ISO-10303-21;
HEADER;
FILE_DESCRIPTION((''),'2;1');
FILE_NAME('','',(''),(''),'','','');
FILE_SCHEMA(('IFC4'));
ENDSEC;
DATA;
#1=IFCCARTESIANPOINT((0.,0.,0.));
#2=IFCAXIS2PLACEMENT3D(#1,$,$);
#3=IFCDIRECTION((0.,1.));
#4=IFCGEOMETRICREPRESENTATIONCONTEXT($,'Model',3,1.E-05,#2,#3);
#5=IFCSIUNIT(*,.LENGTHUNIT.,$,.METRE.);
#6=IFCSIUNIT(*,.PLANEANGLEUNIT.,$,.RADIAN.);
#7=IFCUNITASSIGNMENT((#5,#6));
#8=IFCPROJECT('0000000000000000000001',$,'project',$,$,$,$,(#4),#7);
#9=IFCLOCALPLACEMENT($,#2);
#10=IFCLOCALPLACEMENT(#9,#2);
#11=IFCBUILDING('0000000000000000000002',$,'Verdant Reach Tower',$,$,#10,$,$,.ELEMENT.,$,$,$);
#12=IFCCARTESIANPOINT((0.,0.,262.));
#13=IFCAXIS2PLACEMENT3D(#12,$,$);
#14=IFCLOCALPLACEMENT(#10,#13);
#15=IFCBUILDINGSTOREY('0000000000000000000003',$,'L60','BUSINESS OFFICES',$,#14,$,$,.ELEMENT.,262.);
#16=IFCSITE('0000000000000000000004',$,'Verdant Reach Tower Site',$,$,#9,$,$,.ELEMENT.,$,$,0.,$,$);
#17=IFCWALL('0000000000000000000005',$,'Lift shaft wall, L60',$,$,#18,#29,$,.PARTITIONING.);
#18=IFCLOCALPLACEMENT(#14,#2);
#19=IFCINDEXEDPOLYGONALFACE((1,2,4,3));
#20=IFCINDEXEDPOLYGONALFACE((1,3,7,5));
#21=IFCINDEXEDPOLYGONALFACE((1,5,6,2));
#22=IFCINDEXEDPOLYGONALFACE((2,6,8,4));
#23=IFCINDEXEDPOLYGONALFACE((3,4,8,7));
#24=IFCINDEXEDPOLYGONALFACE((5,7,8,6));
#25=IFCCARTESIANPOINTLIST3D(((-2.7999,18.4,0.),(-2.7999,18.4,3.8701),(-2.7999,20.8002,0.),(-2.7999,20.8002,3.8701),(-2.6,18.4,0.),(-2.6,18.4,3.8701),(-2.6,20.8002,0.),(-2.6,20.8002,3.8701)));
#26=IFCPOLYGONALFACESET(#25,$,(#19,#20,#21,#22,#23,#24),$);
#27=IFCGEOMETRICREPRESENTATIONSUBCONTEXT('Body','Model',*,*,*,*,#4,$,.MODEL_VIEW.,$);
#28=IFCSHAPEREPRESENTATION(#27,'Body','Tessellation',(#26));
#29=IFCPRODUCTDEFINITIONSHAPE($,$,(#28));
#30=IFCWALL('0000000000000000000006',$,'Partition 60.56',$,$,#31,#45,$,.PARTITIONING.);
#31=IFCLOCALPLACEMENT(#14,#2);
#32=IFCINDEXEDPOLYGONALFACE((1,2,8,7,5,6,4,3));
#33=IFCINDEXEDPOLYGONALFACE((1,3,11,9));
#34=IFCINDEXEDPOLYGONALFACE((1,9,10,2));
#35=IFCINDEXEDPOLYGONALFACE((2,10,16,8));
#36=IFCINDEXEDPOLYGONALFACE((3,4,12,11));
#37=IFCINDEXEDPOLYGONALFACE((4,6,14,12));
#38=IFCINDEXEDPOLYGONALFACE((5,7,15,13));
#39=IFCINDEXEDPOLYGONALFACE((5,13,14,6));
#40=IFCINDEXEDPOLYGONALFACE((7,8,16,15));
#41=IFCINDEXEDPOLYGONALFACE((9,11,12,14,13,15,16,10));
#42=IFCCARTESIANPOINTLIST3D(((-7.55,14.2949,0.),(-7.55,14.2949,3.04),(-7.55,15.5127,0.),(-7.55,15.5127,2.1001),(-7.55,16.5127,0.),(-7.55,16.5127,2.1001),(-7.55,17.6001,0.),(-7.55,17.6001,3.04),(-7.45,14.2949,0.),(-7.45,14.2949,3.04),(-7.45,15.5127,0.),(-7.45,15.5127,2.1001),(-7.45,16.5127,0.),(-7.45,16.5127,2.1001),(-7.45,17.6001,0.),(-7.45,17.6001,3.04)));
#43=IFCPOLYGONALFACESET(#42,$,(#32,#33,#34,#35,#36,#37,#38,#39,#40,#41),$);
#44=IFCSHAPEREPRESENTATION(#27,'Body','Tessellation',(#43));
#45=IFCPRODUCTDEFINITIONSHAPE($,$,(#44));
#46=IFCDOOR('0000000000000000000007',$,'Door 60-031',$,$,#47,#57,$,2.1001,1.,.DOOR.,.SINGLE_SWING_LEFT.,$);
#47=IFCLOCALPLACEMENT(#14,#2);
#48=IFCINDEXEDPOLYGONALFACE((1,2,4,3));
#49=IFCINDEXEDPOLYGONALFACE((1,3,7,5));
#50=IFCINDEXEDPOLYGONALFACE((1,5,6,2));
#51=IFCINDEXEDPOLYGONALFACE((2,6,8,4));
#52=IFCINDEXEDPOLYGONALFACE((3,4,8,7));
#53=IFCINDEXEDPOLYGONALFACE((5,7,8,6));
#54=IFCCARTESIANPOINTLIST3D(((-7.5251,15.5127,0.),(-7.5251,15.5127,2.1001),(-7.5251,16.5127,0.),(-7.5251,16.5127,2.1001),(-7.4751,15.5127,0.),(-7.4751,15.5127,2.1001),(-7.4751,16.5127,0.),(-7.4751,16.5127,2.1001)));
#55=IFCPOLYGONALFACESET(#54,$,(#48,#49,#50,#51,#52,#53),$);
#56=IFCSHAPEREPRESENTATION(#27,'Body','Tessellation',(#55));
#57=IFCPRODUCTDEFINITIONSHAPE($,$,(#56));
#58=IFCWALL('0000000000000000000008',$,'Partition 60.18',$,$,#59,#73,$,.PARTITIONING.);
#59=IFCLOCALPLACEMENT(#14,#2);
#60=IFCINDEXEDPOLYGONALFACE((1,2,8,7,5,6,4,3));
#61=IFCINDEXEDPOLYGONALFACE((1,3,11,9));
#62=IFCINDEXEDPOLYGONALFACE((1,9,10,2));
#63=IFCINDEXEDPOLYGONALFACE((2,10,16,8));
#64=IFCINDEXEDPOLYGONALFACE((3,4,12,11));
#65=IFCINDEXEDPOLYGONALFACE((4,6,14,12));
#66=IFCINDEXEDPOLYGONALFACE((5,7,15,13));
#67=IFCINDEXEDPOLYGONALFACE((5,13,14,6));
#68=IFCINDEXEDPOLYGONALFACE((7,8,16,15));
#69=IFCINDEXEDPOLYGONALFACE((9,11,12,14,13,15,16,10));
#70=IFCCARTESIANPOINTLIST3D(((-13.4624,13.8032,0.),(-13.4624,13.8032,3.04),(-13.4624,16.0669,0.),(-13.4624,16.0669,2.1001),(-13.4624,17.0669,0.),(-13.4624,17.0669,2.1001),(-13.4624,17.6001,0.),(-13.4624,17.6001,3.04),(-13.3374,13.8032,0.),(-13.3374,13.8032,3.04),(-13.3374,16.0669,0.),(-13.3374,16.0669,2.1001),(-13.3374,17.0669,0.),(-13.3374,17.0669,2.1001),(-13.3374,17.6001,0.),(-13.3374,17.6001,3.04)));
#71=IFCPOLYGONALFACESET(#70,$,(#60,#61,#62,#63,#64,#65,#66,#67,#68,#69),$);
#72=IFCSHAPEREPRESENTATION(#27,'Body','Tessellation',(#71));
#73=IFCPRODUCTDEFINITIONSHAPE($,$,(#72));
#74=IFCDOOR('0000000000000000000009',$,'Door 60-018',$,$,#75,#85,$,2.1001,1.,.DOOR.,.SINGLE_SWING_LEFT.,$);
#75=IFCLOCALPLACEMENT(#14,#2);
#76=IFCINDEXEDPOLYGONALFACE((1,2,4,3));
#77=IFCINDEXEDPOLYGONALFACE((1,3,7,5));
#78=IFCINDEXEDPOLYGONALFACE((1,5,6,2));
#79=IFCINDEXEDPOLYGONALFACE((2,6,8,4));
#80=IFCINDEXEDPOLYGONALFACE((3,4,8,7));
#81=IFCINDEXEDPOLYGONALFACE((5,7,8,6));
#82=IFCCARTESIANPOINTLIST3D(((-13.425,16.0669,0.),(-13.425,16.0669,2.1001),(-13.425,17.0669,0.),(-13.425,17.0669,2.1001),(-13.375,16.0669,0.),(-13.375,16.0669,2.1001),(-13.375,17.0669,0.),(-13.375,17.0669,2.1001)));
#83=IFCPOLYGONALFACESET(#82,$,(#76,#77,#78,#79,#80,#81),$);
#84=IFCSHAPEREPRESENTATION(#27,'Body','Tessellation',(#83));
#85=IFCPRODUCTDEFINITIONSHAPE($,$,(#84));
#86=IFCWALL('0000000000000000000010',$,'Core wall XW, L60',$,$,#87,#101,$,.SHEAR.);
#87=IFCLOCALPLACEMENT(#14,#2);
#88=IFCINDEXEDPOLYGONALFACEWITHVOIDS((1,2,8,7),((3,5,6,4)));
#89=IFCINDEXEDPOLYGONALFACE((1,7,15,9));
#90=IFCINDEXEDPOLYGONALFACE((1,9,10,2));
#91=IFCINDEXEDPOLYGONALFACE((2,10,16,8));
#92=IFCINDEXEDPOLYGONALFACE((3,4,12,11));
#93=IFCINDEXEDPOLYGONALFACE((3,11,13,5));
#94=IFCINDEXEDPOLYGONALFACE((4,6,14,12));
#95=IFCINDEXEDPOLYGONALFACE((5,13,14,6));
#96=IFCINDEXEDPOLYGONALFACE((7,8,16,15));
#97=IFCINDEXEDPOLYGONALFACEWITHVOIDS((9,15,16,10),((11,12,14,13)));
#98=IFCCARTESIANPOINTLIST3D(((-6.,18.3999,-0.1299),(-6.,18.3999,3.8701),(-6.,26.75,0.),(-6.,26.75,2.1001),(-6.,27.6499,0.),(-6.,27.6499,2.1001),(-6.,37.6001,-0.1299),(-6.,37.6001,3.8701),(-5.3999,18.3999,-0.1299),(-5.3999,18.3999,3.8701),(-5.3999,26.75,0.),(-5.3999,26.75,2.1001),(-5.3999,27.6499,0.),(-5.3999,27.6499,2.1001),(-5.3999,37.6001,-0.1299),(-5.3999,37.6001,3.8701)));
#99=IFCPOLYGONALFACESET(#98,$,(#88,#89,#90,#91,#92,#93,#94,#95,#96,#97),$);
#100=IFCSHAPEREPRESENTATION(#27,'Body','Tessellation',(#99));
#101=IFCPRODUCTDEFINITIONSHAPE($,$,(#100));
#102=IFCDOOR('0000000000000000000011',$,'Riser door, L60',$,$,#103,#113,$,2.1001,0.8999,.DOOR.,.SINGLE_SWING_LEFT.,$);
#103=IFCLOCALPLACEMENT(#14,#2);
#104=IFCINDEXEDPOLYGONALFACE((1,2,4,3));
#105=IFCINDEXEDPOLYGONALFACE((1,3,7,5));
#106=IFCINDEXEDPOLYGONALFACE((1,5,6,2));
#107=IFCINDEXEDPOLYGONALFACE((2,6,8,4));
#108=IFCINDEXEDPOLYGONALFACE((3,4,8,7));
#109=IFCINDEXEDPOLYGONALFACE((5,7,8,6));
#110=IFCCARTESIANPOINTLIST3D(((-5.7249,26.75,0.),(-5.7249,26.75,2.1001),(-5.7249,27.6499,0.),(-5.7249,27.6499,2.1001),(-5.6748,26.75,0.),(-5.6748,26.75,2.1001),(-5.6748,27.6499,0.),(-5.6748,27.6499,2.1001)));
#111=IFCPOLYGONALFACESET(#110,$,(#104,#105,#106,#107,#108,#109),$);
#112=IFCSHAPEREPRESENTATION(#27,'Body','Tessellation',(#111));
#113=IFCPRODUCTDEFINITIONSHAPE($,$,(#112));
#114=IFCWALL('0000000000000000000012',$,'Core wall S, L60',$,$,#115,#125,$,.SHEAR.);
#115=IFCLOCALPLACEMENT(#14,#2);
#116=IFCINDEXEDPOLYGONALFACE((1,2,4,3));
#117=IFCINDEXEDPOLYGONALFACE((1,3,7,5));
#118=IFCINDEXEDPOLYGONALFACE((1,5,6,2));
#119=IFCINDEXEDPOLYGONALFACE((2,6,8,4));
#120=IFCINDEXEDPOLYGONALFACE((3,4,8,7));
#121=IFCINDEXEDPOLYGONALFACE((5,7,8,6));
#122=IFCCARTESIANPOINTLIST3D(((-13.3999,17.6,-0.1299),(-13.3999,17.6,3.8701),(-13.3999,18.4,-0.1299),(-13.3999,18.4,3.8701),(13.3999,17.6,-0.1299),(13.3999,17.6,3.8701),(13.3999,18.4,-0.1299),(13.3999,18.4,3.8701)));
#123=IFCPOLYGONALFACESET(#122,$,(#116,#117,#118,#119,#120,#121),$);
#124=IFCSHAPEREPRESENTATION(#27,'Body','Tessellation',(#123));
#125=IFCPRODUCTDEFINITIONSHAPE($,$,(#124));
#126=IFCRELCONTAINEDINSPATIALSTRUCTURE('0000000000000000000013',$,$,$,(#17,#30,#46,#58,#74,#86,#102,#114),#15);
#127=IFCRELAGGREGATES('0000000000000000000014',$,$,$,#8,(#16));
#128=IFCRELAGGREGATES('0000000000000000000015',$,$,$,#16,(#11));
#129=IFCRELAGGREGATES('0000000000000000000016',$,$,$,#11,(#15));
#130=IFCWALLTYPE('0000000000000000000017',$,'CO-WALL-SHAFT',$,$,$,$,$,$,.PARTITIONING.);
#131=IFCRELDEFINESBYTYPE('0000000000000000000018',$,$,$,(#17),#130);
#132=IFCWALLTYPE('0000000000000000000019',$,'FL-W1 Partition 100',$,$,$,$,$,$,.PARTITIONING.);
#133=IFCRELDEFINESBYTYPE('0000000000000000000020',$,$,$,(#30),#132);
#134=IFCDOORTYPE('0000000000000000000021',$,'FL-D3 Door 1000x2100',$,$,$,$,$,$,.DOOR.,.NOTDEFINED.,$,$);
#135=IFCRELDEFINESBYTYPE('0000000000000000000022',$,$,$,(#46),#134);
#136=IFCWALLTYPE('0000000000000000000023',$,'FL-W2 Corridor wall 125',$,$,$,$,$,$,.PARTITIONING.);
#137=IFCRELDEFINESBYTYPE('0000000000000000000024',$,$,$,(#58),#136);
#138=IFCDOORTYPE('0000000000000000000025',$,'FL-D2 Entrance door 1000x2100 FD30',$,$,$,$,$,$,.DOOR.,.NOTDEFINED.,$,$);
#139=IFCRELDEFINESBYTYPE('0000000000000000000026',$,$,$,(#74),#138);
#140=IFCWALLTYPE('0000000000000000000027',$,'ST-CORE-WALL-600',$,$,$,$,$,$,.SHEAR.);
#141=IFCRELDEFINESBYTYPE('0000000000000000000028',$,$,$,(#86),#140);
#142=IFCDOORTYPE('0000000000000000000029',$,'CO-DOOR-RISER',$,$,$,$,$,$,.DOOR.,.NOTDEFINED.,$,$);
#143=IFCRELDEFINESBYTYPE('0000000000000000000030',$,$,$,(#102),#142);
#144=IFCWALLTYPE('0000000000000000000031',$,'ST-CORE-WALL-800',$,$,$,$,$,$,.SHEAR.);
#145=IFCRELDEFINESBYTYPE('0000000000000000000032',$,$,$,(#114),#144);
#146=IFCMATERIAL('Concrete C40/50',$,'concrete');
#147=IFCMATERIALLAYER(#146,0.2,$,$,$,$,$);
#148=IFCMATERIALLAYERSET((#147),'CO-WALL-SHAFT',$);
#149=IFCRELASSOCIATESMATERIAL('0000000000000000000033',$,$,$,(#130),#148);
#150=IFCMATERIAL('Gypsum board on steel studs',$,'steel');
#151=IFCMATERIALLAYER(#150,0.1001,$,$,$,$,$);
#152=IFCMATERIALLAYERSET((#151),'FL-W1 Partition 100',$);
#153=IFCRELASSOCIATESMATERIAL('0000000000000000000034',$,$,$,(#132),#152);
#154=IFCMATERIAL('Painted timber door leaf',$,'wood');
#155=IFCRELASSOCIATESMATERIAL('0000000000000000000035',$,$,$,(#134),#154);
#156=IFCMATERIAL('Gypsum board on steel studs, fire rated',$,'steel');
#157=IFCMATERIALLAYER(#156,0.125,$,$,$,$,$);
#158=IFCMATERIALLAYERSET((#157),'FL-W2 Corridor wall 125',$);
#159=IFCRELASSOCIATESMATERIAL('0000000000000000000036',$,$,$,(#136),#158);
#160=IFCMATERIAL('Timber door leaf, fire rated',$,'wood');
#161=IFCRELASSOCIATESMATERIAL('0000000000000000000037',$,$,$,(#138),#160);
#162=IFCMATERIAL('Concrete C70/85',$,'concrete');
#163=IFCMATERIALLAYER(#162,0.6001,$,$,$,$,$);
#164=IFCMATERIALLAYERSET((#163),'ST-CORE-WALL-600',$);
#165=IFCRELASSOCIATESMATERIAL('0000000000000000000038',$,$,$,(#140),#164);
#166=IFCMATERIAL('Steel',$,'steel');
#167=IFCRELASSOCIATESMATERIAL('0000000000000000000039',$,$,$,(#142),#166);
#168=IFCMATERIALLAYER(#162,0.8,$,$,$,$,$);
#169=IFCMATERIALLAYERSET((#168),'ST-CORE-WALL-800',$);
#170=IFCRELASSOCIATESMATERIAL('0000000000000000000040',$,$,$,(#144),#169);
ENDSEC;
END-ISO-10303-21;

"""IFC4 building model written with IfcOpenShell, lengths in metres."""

from ifc_helpers import new_model, si_unit, direction, frame, frame_2d, origin, place, context, subcontext, project, spatial, rectangle, extrude, material, layer, layer_set, type_object, element, fill, save


model = new_model("IFC4")

# Units and contexts
model_context = context("Model", 3, precision=1e-05, world=origin(), true_north=direction((0.0, 1.0)))
body_context = subcontext(model_context, "Body", "Model", "MODEL_VIEW")
ifc_project = project(units=[si_unit("LENGTHUNIT", "METRE"), si_unit("PLANEANGLEUNIT", "RADIAN")], contexts=[model_context])

# Site, building, storey
site_placement = place(None, origin())
site = spatial("IfcSite", under=ifc_project, at=site_placement, Name="Verdant Reach Tower Site", CompositionType="ELEMENT", RefElevation=0.0)
building_placement = place(site_placement, origin())
building = spatial("IfcBuilding", under=site, at=building_placement, Name="Verdant Reach Tower", CompositionType="ELEMENT")
storey_placement = place(building_placement, frame((0.0, 0.0, 262.0)))
storey = spatial("IfcBuildingStorey", under=building, at=storey_placement, Name="L60", Description="BUSINESS OFFICES", CompositionType="ELEMENT", Elevation=262.0)

# Shared definitions
ifc_material_1 = material(Name="Concrete C40/50", Category="concrete")

# Wall
ifc_material_2 = material(Name="Gypsum board on steel studs", Category="steel")
ifc_layer_1 = layer(ifc_material_1, 0.2)
ifc_layer_set_1 = layer_set([ifc_layer_1], Name="CO-WALL-SHAFT")
wall_type_1 = type_object("IfcWallType", Name="CO-WALL-SHAFT", PredefinedType="PARTITIONING", material=ifc_layer_set_1)
wall_1_placement = place(storey_placement, frame((-2.7, 18.3999, 0.0), z_axis=(0.0, 0.0, 1.0), x_axis=(0.0, 1.0, 0.0)))
element("IfcWall", 1, at=wall_1_placement, inside=storey, type_object=wall_type_1, Name="Lift shaft wall, L60", PredefinedType="PARTITIONING", context=body_context, shape_type="SweptSolid", body=[
    extrude(rectangle(XDim=2.4001, YDim=0.2, at=frame_2d((1.2002, 0.0))), origin(), (0.0, 0.0, 1.0), 3.8701),
])

# Walls, openings, doors
ifc_layer_2 = layer(ifc_material_2, 0.1001)
ifc_layer_set_2 = layer_set([ifc_layer_2], Name="FL-W1 Partition 100")
wall_type_2 = type_object("IfcWallType", Name="FL-W1 Partition 100", PredefinedType="PARTITIONING", material=ifc_layer_set_2)
wall_2_placement = place(storey_placement, frame((-7.5, 17.6001, 0.0), z_axis=(0.0, 0.0, 1.0), x_axis=(0.0, -1.0, 0.0)))
wall_2 = element("IfcWall", 2, at=wall_2_placement, inside=storey, type_object=wall_type_2, Name="Partition 60.56", PredefinedType="PARTITIONING", context=body_context, shape_type="SweptSolid", body=[
    extrude(rectangle(XDim=3.3052, YDim=0.1001, at=frame_2d((1.6526, 0.0))), origin(), (0.0, 0.0, 1.0), 3.04),
])
opening_1_placement = place(wall_2_placement, frame((1.0874, 0.0, 0.0)))
opening_1 = element("IfcOpeningElement", 3, at=opening_1_placement, cuts=wall_2, PredefinedType="OPENING", context=body_context, shape_type="SweptSolid", body=[
    extrude(rectangle(XDim=1.0, YDim=2.1001, at=frame_2d((0.5, 1.05))), frame((0.0, 0.0601, 0.0), z_axis=(0.0, -1.0, 0.0), x_axis=(1.0, 0.0, 0.0)), (0.0, 0.0, 1.0), 0.1201),
])
ifc_material_3 = material(Name="Painted timber door leaf", Category="wood")
door_type_1 = type_object("IfcDoorType", Name="FL-D3 Door 1000x2100", OperationType="NOTDEFINED", PredefinedType="DOOR", material=ifc_material_3)
door_1_placement = place(opening_1_placement, origin())
door_1 = element("IfcDoor", 4, at=door_1_placement, inside=storey, type_object=door_type_1, Name="Door 60-031", OperationType="SINGLE_SWING_LEFT", OverallHeight=2.1001, OverallWidth=1.0, PredefinedType="DOOR", context=body_context, shape_type="SweptSolid", body=[
    extrude(rectangle(XDim=1.0, YDim=2.1001, at=frame_2d((0.5, 1.05))), frame((0.0, 0.0249, 0.0), z_axis=(0.0, -1.0, 0.0), x_axis=(1.0, 0.0, 0.0)), (0.0, 0.0, 1.0), 0.05),
])
fill(opening_1, door_1)
ifc_material_4 = material(Name="Gypsum board on steel studs, fire rated", Category="steel")
ifc_layer_3 = layer(ifc_material_4, 0.125)
ifc_layer_set_3 = layer_set([ifc_layer_3], Name="FL-W2 Corridor wall 125")
wall_type_3 = type_object("IfcWallType", Name="FL-W2 Corridor wall 125", PredefinedType="PARTITIONING", material=ifc_layer_set_3)
wall_3_placement = place(storey_placement, frame((-13.3999, 17.6001, 0.0), z_axis=(0.0, 0.0, 1.0), x_axis=(0.0, -1.0, 0.0)))
wall_3 = element("IfcWall", 5, at=wall_3_placement, inside=storey, type_object=wall_type_3, Name="Partition 60.18", PredefinedType="PARTITIONING", context=body_context, shape_type="SweptSolid", body=[
    extrude(rectangle(XDim=3.7969, YDim=0.125, at=frame_2d((1.8984, 0.0))), origin(), (0.0, 0.0, 1.0), 3.04),
])
opening_2_placement = place(wall_3_placement, frame((0.5332, 0.0, 0.0)))
opening_2 = element("IfcOpeningElement", 6, at=opening_2_placement, cuts=wall_3, PredefinedType="OPENING", context=body_context, shape_type="SweptSolid", body=[
    extrude(rectangle(XDim=1.0, YDim=2.1001, at=frame_2d((0.5, 1.05))), frame((0.0, 0.0725, 0.0), z_axis=(0.0, -1.0, 0.0), x_axis=(1.0, 0.0, 0.0)), (0.0, 0.0, 1.0), 0.145),
])
ifc_material_5 = material(Name="Timber door leaf, fire rated", Category="wood")
door_type_2 = type_object("IfcDoorType", Name="FL-D2 Entrance door 1000x2100 FD30", OperationType="NOTDEFINED", PredefinedType="DOOR", material=ifc_material_5)
door_2_placement = place(opening_2_placement, origin())
door_2 = element("IfcDoor", 7, at=door_2_placement, inside=storey, type_object=door_type_2, Name="Door 60-018", OperationType="SINGLE_SWING_LEFT", OverallHeight=2.1001, OverallWidth=1.0, PredefinedType="DOOR", context=body_context, shape_type="SweptSolid", body=[
    extrude(rectangle(XDim=1.0, YDim=2.1001, at=frame_2d((0.5, 1.05))), frame((0.0, 0.0249, 0.0), z_axis=(0.0, -1.0, 0.0), x_axis=(1.0, 0.0, 0.0)), (0.0, 0.0, 1.0), 0.05),
])
fill(opening_2, door_2)
ifc_material_6 = material(Name="Concrete C70/85", Category="concrete")
ifc_layer_4 = layer(ifc_material_6, 0.6001)
ifc_layer_set_4 = layer_set([ifc_layer_4], Name="ST-CORE-WALL-600")
wall_type_4 = type_object("IfcWallType", Name="ST-CORE-WALL-600", PredefinedType="SHEAR", material=ifc_layer_set_4)
wall_4_placement = place(storey_placement, frame((-5.7, 18.3999, -0.1299), z_axis=(0.0, 0.0, 1.0), x_axis=(0.0, 1.0, 0.0)))
wall_4 = element("IfcWall", 8, at=wall_4_placement, inside=storey, type_object=wall_type_4, Name="Core wall XW, L60", PredefinedType="SHEAR", context=body_context, shape_type="SweptSolid", body=[
    extrude(rectangle(XDim=19.2002, YDim=0.6001, at=frame_2d((9.6001, 0.0))), origin(), (0.0, 0.0, 1.0), 4.0),
])
opening_3_placement = place(wall_4_placement, frame((8.3501, 0.0, 0.1299)))
opening_3 = element("IfcOpeningElement", 9, at=opening_3_placement, cuts=wall_4, PredefinedType="OPENING", context=body_context, shape_type="SweptSolid", body=[
    extrude(rectangle(XDim=0.8999, YDim=2.1001, at=frame_2d((0.45, 1.05))), frame((0.0, 0.3101, 0.0), z_axis=(0.0, -1.0, 0.0), x_axis=(1.0, 0.0, 0.0)), (0.0, 0.0, 1.0), 0.6201),
])
ifc_material_7 = material(Name="Steel", Category="steel")
door_type_3 = type_object("IfcDoorType", Name="CO-DOOR-RISER", OperationType="NOTDEFINED", PredefinedType="DOOR", material=ifc_material_7)
door_3_placement = place(opening_3_placement, origin())
door_3 = element("IfcDoor", 10, at=door_3_placement, inside=storey, type_object=door_type_3, Name="Riser door, L60", OperationType="SINGLE_SWING_LEFT", OverallHeight=2.1001, OverallWidth=0.8999, PredefinedType="DOOR", context=body_context, shape_type="SweptSolid", body=[
    extrude(rectangle(XDim=0.8999, YDim=2.1001, at=frame_2d((0.45, 1.05))), frame((0.0, 0.0249, 0.0), z_axis=(0.0, -1.0, 0.0), x_axis=(1.0, 0.0, 0.0)), (0.0, 0.0, 1.0), 0.05),
])
fill(opening_3, door_3)

# Wall
ifc_layer_5 = layer(ifc_material_6, 0.8)
ifc_layer_set_5 = layer_set([ifc_layer_5], Name="ST-CORE-WALL-800")
wall_type_5 = type_object("IfcWallType", Name="ST-CORE-WALL-800", PredefinedType="SHEAR", material=ifc_layer_set_5)
wall_5_placement = place(storey_placement, frame((-13.3999, 18.0, -0.1299), z_axis=(0.0, 0.0, 1.0), x_axis=(1.0, 0.0, 0.0)))
element("IfcWall", 11, at=wall_5_placement, inside=storey, type_object=wall_type_5, Name="Core wall S, L60", PredefinedType="SHEAR", context=body_context, shape_type="SweptSolid", body=[
    extrude(rectangle(XDim=26.7998, YDim=0.8, at=frame_2d((13.3999, 0.0))), origin(), (0.0, 0.0, 1.0), 4.0),
])

save(model, "model.ifc")
